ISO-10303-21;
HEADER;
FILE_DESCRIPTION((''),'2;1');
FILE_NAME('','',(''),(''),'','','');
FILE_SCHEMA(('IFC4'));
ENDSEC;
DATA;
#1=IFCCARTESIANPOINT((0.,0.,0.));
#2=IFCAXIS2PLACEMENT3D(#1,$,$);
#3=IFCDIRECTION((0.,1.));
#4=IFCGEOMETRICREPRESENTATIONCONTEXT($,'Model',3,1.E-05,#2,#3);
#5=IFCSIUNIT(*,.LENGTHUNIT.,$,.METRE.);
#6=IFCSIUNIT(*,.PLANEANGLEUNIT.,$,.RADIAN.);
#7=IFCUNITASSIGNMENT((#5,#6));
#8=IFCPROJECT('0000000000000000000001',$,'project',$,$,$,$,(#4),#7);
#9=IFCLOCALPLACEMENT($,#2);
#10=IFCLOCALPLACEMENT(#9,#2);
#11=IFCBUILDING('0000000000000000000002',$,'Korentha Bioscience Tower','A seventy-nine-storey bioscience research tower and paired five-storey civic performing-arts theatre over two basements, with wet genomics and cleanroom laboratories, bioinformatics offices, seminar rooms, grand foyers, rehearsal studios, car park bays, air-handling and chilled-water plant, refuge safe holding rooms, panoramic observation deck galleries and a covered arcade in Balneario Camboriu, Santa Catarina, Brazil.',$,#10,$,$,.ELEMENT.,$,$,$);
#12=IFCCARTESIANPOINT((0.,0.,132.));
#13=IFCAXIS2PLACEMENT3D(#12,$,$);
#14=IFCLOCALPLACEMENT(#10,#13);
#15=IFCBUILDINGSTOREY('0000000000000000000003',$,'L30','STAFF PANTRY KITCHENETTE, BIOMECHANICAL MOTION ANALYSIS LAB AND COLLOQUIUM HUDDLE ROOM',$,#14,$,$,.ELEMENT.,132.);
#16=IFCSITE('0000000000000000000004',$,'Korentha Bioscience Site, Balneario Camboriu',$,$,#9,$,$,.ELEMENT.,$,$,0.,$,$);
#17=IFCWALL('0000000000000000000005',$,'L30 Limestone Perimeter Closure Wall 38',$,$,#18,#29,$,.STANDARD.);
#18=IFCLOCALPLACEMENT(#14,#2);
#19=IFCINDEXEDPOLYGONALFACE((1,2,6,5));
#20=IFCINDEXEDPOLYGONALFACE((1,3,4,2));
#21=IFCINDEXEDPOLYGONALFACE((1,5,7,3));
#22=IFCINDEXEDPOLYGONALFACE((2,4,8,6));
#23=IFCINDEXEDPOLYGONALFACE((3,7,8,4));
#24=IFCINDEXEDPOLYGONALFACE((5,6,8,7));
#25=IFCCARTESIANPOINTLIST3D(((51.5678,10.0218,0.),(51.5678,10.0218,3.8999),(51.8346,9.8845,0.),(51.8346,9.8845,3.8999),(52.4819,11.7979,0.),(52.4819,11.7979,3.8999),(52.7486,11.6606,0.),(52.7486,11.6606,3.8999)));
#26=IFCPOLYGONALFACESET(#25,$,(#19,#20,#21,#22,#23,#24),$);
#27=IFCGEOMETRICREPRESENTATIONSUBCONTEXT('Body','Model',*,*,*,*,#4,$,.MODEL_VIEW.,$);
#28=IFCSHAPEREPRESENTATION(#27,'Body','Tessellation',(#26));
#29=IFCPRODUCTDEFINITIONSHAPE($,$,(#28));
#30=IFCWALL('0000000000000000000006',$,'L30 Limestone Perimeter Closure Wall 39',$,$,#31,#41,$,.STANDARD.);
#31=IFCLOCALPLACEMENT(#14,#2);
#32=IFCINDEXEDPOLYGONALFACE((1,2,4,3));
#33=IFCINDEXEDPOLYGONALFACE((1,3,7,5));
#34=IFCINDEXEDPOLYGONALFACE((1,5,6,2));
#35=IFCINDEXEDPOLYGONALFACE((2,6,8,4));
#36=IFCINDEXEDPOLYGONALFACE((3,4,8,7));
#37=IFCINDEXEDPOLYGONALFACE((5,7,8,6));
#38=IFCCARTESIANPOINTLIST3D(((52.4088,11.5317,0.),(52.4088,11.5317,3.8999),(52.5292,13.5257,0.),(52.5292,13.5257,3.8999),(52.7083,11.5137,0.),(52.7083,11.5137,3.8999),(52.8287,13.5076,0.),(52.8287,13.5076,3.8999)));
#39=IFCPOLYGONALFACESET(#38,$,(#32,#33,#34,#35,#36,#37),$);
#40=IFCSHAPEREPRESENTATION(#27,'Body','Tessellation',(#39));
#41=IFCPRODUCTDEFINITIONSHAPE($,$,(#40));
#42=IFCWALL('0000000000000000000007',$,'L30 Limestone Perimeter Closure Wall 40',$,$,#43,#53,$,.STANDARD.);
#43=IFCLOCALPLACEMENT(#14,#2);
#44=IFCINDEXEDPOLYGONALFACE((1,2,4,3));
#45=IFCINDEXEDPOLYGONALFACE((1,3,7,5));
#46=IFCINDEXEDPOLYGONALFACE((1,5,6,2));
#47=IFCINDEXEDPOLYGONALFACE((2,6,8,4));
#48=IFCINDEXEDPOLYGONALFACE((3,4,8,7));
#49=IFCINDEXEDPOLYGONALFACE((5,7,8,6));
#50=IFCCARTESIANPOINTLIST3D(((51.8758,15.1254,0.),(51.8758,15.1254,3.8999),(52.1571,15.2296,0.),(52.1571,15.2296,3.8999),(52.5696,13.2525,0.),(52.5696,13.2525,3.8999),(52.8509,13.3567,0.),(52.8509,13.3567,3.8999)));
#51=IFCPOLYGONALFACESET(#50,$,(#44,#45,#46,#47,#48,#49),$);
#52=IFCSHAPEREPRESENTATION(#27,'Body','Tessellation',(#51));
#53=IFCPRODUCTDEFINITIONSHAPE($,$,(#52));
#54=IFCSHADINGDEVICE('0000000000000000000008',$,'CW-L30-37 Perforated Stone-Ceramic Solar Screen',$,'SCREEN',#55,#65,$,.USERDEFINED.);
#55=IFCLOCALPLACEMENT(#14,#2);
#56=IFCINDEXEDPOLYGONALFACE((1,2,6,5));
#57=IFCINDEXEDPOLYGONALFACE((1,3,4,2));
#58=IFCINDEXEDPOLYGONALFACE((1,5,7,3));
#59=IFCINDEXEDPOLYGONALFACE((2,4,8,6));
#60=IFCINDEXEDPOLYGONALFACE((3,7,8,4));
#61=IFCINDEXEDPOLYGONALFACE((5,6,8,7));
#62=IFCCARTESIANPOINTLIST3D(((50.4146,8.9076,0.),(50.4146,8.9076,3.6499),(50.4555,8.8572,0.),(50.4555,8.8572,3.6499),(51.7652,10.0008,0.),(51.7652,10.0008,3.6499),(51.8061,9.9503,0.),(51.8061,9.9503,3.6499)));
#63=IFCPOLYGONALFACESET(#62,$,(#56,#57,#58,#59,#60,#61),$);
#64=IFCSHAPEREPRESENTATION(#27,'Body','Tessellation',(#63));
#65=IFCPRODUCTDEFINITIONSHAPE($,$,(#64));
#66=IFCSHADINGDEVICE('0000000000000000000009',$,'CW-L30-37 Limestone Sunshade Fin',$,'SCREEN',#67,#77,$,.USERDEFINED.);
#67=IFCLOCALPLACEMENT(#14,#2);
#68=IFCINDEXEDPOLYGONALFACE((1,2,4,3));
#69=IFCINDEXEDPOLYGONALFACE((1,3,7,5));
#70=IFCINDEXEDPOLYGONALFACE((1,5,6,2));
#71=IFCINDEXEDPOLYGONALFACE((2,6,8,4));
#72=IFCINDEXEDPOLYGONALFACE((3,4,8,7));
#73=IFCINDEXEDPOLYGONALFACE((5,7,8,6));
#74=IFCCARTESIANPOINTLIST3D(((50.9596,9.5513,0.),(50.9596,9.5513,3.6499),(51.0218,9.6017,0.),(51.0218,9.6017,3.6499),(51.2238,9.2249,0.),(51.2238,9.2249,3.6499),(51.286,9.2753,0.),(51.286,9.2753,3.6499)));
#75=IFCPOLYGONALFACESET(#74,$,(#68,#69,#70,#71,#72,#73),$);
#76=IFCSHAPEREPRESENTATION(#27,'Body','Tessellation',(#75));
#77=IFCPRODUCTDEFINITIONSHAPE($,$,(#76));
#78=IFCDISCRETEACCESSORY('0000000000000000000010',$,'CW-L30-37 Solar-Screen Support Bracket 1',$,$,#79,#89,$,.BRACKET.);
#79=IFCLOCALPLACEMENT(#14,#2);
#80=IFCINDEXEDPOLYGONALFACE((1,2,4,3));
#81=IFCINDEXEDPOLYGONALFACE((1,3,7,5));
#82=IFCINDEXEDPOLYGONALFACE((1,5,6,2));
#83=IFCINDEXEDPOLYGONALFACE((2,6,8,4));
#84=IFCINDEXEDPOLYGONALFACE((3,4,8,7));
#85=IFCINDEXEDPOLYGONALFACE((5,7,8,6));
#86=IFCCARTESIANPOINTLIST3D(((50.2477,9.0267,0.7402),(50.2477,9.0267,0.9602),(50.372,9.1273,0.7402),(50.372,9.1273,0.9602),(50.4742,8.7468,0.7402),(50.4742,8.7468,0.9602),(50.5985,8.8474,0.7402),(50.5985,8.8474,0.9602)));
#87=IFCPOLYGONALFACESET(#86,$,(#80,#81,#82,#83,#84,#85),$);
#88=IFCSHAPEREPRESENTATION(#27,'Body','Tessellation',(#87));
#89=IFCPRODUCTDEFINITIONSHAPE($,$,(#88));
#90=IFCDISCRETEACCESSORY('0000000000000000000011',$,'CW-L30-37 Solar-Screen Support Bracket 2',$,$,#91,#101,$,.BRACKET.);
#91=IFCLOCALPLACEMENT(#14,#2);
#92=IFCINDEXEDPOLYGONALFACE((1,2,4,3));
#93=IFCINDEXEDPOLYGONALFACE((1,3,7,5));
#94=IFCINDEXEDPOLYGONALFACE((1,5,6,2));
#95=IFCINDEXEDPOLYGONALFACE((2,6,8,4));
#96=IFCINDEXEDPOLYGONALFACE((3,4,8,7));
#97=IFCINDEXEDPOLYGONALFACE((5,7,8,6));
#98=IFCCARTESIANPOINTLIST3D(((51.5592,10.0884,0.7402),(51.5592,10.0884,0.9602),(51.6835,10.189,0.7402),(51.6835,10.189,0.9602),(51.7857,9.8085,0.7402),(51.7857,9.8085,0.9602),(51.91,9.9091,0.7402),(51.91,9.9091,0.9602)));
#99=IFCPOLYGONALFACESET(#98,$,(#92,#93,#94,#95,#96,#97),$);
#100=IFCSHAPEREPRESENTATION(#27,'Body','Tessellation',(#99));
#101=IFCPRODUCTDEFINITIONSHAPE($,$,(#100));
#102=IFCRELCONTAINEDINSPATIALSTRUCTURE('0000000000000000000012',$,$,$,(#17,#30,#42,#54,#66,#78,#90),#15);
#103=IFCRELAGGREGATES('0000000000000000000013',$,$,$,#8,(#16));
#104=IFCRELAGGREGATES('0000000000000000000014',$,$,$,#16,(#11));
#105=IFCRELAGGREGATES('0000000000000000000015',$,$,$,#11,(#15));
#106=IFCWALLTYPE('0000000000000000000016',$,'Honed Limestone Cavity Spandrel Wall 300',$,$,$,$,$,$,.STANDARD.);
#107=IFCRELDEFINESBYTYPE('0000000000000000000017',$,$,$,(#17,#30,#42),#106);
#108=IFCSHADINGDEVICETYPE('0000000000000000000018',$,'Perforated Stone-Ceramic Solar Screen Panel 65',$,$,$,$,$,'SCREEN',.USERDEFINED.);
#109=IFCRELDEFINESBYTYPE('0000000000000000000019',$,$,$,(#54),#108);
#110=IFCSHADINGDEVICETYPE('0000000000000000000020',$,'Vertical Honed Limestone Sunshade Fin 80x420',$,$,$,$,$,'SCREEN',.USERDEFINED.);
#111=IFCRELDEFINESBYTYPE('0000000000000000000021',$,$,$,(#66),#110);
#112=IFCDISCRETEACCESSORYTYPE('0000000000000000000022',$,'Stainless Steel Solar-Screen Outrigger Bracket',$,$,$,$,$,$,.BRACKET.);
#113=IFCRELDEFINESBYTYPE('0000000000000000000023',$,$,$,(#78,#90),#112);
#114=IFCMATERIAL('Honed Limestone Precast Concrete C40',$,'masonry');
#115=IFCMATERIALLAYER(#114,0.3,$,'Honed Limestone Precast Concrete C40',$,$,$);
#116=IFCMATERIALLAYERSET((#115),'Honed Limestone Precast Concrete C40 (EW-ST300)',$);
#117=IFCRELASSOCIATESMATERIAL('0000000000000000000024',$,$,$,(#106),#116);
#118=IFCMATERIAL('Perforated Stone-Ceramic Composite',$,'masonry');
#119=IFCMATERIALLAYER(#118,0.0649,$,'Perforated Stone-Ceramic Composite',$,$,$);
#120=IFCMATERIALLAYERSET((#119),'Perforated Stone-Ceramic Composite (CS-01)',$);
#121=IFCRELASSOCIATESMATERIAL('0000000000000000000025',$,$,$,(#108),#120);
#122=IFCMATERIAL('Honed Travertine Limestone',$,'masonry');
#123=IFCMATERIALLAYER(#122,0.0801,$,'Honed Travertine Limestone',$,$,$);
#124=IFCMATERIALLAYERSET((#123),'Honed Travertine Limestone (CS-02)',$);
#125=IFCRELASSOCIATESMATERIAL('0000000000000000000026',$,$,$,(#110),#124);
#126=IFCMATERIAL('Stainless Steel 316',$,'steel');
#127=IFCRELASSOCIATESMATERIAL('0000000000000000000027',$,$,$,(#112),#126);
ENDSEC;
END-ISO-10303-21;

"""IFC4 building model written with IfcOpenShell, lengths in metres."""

from ifc_helpers import new_model, si_unit, direction, frame, frame_2d, origin, origin_2d, place, context, subcontext, project, spatial, rectangle, extrude, material, layer, layer_set, type_object, element, save


model = new_model("IFC4")

# Units and contexts
model_context = context("Model", 3, precision=1e-05, world=origin(), true_north=direction((0.0, 1.0)))
body_context = subcontext(model_context, "Body", "Model", "MODEL_VIEW")
ifc_project = project(units=[si_unit("LENGTHUNIT", "METRE"), si_unit("PLANEANGLEUNIT", "RADIAN")], contexts=[model_context])

# Site, building, storey
site_placement = place(None, origin())
site = spatial("IfcSite", under=ifc_project, at=site_placement, Name="Korentha Bioscience Site, Balneario Camboriu", CompositionType="ELEMENT", RefElevation=0.0)
building_placement = place(site_placement, origin())
building = spatial("IfcBuilding", under=site, at=building_placement, Name="Korentha Bioscience Tower", Description="A seventy-nine-storey bioscience research tower and paired five-storey civic performing-arts theatre over two basements, with wet genomics and cleanroom laboratories, bioinformatics offices, seminar rooms, grand foyers, rehearsal studios, car park bays, air-handling and chilled-water plant, refuge safe holding rooms, panoramic observation deck galleries and a covered arcade in Balneario Camboriu, Santa Catarina, Brazil.", CompositionType="ELEMENT")
storey_placement = place(building_placement, frame((0.0, 0.0, 132.0)))
storey = spatial("IfcBuildingStorey", under=building, at=storey_placement, Name="L30", Description="STAFF PANTRY KITCHENETTE, BIOMECHANICAL MOTION ANALYSIS LAB AND COLLOQUIUM HUDDLE ROOM", CompositionType="ELEMENT", Elevation=132.0)

# Shared definitions
ifc_material_1 = material(Name="Honed Limestone Precast Concrete C40", Category="masonry")
ifc_layer_1 = layer(ifc_material_1, 0.3, Name="Honed Limestone Precast Concrete C40")
ifc_layer_set_1 = layer_set([ifc_layer_1], Name="Honed Limestone Precast Concrete C40 (EW-ST300)")
wall_type = type_object("IfcWallType", Name="Honed Limestone Cavity Spandrel Wall 300", PredefinedType="STANDARD", material=ifc_layer_set_1)

# Walls
for number, where, z_axis, x_axis, name in (
    (1, (51.7012, 9.9531, 0.0), (0.0, 0.0, 1.0), (0.457597, 0.88916, 0.0), "L30 Limestone Perimeter Closure Wall 38"),
    (2, (52.5586, 11.5227, 0.0), (0.0, 0.0, 1.0), (0.060255, 0.998183, 0.0), "L30 Limestone Perimeter Closure Wall 39"),
):
    element("IfcWall", number, at=place(storey_placement, frame(where, z_axis=z_axis, x_axis=x_axis)), inside=storey, type_object=wall_type, Name=name, PredefinedType="STANDARD", context=body_context, shape_type="SweptSolid", body=[
        extrude(rectangle(XDim=1.9976, YDim=0.3, at=frame_2d((0.9988, 0.0))), origin(), (0.0, 0.0, 1.0), 3.8999),
    ])
wall_1_placement = place(storey_placement, frame((52.7102, 13.3047, 0.0), z_axis=(0.0, 0.0, 1.0), x_axis=(-0.34737, 0.937728, 0.0)))
element("IfcWall", 3, at=wall_1_placement, inside=storey, type_object=wall_type, Name="L30 Limestone Perimeter Closure Wall 40", PredefinedType="STANDARD", context=body_context, shape_type="SweptSolid", body=[
    extrude(rectangle(XDim=1.9973, YDim=0.3, at=frame_2d((0.9985, 0.0))), origin(), (0.0, 0.0, 1.0), 3.8999),
])

# Shading devices
ifc_material_2 = material(Name="Perforated Stone-Ceramic Composite", Category="masonry")
ifc_layer_2 = layer(ifc_material_2, 0.0649, Name="Perforated Stone-Ceramic Composite")
ifc_layer_set_2 = layer_set([ifc_layer_2], Name="Perforated Stone-Ceramic Composite (CS-01)")
shading_device_type_1 = type_object("IfcShadingDeviceType", Name="Perforated Stone-Ceramic Solar Screen Panel 65", ElementType="SCREEN", PredefinedType="USERDEFINED", material=ifc_layer_set_2)
shading_device_1_placement = place(storey_placement, frame((51.1104, 9.429, 0.0), z_axis=(0.0, 0.0, 1.0), x_axis=(0.777315, 0.629111, 0.0)))
element("IfcShadingDevice", 4, at=shading_device_1_placement, inside=storey, type_object=shading_device_type_1, Name="CW-L30-37 Perforated Stone-Ceramic Solar Screen", ObjectType="SCREEN", PredefinedType="USERDEFINED", context=body_context, shape_type="SweptSolid", body=[
    extrude(rectangle(XDim=1.7375, YDim=0.0649, at=origin_2d()), origin(), (0.0, 0.0, 1.0), 3.6499),
])
ifc_material_3 = material(Name="Honed Travertine Limestone", Category="masonry")
ifc_layer_3 = layer(ifc_material_3, 0.0801, Name="Honed Travertine Limestone")
ifc_layer_set_3 = layer_set([ifc_layer_3], Name="Honed Travertine Limestone (CS-02)")
shading_device_type_2 = type_object("IfcShadingDeviceType", Name="Vertical Honed Limestone Sunshade Fin 80x420", ElementType="SCREEN", PredefinedType="USERDEFINED", material=ifc_layer_set_3)
shading_device_2_placement = place(storey_placement, frame((51.1228, 9.4133, 0.0), z_axis=(0.0, 0.0, 1.0), x_axis=(0.777315, 0.629111, 0.0)))
element("IfcShadingDevice", 5, at=shading_device_2_placement, inside=storey, type_object=shading_device_type_2, Name="CW-L30-37 Limestone Sunshade Fin", ObjectType="SCREEN", PredefinedType="USERDEFINED", context=body_context, shape_type="SweptSolid", body=[
    extrude(rectangle(XDim=0.0801, YDim=0.4199, at=origin_2d()), origin(), (0.0, 0.0, 1.0), 3.6499),
])

# Discrete accessories
ifc_material_4 = material(Name="Stainless Steel 316", Category="steel")
discrete_accessory_type = type_object("IfcDiscreteAccessoryType", Name="Stainless Steel Solar-Screen Outrigger Bracket", PredefinedType="BRACKET", material=ifc_material_4)
for number, where, z_axis, x_axis, name in (
    (6, (50.4231, 8.937, 0.7402), (0.0, 0.0, 1.0), (0.777315, 0.629111, 0.0), "CW-L30-37 Solar-Screen Support Bracket 1"),
    (7, (51.7346, 9.9988, 0.7402), (0.0, 0.0, 1.0), (0.777315, 0.629111, 0.0), "CW-L30-37 Solar-Screen Support Bracket 2"),
):
    element("IfcDiscreteAccessory", number, at=place(storey_placement, frame(where, z_axis=z_axis, x_axis=x_axis)), inside=storey, type_object=discrete_accessory_type, Name=name, PredefinedType="BRACKET", context=body_context, shape_type="SweptSolid", body=[
        extrude(rectangle(XDim=0.1599, YDim=0.3601, at=origin_2d()), origin(), (0.0, 0.0, 1.0), 0.22),
    ])

save(model, "model.ifc")
